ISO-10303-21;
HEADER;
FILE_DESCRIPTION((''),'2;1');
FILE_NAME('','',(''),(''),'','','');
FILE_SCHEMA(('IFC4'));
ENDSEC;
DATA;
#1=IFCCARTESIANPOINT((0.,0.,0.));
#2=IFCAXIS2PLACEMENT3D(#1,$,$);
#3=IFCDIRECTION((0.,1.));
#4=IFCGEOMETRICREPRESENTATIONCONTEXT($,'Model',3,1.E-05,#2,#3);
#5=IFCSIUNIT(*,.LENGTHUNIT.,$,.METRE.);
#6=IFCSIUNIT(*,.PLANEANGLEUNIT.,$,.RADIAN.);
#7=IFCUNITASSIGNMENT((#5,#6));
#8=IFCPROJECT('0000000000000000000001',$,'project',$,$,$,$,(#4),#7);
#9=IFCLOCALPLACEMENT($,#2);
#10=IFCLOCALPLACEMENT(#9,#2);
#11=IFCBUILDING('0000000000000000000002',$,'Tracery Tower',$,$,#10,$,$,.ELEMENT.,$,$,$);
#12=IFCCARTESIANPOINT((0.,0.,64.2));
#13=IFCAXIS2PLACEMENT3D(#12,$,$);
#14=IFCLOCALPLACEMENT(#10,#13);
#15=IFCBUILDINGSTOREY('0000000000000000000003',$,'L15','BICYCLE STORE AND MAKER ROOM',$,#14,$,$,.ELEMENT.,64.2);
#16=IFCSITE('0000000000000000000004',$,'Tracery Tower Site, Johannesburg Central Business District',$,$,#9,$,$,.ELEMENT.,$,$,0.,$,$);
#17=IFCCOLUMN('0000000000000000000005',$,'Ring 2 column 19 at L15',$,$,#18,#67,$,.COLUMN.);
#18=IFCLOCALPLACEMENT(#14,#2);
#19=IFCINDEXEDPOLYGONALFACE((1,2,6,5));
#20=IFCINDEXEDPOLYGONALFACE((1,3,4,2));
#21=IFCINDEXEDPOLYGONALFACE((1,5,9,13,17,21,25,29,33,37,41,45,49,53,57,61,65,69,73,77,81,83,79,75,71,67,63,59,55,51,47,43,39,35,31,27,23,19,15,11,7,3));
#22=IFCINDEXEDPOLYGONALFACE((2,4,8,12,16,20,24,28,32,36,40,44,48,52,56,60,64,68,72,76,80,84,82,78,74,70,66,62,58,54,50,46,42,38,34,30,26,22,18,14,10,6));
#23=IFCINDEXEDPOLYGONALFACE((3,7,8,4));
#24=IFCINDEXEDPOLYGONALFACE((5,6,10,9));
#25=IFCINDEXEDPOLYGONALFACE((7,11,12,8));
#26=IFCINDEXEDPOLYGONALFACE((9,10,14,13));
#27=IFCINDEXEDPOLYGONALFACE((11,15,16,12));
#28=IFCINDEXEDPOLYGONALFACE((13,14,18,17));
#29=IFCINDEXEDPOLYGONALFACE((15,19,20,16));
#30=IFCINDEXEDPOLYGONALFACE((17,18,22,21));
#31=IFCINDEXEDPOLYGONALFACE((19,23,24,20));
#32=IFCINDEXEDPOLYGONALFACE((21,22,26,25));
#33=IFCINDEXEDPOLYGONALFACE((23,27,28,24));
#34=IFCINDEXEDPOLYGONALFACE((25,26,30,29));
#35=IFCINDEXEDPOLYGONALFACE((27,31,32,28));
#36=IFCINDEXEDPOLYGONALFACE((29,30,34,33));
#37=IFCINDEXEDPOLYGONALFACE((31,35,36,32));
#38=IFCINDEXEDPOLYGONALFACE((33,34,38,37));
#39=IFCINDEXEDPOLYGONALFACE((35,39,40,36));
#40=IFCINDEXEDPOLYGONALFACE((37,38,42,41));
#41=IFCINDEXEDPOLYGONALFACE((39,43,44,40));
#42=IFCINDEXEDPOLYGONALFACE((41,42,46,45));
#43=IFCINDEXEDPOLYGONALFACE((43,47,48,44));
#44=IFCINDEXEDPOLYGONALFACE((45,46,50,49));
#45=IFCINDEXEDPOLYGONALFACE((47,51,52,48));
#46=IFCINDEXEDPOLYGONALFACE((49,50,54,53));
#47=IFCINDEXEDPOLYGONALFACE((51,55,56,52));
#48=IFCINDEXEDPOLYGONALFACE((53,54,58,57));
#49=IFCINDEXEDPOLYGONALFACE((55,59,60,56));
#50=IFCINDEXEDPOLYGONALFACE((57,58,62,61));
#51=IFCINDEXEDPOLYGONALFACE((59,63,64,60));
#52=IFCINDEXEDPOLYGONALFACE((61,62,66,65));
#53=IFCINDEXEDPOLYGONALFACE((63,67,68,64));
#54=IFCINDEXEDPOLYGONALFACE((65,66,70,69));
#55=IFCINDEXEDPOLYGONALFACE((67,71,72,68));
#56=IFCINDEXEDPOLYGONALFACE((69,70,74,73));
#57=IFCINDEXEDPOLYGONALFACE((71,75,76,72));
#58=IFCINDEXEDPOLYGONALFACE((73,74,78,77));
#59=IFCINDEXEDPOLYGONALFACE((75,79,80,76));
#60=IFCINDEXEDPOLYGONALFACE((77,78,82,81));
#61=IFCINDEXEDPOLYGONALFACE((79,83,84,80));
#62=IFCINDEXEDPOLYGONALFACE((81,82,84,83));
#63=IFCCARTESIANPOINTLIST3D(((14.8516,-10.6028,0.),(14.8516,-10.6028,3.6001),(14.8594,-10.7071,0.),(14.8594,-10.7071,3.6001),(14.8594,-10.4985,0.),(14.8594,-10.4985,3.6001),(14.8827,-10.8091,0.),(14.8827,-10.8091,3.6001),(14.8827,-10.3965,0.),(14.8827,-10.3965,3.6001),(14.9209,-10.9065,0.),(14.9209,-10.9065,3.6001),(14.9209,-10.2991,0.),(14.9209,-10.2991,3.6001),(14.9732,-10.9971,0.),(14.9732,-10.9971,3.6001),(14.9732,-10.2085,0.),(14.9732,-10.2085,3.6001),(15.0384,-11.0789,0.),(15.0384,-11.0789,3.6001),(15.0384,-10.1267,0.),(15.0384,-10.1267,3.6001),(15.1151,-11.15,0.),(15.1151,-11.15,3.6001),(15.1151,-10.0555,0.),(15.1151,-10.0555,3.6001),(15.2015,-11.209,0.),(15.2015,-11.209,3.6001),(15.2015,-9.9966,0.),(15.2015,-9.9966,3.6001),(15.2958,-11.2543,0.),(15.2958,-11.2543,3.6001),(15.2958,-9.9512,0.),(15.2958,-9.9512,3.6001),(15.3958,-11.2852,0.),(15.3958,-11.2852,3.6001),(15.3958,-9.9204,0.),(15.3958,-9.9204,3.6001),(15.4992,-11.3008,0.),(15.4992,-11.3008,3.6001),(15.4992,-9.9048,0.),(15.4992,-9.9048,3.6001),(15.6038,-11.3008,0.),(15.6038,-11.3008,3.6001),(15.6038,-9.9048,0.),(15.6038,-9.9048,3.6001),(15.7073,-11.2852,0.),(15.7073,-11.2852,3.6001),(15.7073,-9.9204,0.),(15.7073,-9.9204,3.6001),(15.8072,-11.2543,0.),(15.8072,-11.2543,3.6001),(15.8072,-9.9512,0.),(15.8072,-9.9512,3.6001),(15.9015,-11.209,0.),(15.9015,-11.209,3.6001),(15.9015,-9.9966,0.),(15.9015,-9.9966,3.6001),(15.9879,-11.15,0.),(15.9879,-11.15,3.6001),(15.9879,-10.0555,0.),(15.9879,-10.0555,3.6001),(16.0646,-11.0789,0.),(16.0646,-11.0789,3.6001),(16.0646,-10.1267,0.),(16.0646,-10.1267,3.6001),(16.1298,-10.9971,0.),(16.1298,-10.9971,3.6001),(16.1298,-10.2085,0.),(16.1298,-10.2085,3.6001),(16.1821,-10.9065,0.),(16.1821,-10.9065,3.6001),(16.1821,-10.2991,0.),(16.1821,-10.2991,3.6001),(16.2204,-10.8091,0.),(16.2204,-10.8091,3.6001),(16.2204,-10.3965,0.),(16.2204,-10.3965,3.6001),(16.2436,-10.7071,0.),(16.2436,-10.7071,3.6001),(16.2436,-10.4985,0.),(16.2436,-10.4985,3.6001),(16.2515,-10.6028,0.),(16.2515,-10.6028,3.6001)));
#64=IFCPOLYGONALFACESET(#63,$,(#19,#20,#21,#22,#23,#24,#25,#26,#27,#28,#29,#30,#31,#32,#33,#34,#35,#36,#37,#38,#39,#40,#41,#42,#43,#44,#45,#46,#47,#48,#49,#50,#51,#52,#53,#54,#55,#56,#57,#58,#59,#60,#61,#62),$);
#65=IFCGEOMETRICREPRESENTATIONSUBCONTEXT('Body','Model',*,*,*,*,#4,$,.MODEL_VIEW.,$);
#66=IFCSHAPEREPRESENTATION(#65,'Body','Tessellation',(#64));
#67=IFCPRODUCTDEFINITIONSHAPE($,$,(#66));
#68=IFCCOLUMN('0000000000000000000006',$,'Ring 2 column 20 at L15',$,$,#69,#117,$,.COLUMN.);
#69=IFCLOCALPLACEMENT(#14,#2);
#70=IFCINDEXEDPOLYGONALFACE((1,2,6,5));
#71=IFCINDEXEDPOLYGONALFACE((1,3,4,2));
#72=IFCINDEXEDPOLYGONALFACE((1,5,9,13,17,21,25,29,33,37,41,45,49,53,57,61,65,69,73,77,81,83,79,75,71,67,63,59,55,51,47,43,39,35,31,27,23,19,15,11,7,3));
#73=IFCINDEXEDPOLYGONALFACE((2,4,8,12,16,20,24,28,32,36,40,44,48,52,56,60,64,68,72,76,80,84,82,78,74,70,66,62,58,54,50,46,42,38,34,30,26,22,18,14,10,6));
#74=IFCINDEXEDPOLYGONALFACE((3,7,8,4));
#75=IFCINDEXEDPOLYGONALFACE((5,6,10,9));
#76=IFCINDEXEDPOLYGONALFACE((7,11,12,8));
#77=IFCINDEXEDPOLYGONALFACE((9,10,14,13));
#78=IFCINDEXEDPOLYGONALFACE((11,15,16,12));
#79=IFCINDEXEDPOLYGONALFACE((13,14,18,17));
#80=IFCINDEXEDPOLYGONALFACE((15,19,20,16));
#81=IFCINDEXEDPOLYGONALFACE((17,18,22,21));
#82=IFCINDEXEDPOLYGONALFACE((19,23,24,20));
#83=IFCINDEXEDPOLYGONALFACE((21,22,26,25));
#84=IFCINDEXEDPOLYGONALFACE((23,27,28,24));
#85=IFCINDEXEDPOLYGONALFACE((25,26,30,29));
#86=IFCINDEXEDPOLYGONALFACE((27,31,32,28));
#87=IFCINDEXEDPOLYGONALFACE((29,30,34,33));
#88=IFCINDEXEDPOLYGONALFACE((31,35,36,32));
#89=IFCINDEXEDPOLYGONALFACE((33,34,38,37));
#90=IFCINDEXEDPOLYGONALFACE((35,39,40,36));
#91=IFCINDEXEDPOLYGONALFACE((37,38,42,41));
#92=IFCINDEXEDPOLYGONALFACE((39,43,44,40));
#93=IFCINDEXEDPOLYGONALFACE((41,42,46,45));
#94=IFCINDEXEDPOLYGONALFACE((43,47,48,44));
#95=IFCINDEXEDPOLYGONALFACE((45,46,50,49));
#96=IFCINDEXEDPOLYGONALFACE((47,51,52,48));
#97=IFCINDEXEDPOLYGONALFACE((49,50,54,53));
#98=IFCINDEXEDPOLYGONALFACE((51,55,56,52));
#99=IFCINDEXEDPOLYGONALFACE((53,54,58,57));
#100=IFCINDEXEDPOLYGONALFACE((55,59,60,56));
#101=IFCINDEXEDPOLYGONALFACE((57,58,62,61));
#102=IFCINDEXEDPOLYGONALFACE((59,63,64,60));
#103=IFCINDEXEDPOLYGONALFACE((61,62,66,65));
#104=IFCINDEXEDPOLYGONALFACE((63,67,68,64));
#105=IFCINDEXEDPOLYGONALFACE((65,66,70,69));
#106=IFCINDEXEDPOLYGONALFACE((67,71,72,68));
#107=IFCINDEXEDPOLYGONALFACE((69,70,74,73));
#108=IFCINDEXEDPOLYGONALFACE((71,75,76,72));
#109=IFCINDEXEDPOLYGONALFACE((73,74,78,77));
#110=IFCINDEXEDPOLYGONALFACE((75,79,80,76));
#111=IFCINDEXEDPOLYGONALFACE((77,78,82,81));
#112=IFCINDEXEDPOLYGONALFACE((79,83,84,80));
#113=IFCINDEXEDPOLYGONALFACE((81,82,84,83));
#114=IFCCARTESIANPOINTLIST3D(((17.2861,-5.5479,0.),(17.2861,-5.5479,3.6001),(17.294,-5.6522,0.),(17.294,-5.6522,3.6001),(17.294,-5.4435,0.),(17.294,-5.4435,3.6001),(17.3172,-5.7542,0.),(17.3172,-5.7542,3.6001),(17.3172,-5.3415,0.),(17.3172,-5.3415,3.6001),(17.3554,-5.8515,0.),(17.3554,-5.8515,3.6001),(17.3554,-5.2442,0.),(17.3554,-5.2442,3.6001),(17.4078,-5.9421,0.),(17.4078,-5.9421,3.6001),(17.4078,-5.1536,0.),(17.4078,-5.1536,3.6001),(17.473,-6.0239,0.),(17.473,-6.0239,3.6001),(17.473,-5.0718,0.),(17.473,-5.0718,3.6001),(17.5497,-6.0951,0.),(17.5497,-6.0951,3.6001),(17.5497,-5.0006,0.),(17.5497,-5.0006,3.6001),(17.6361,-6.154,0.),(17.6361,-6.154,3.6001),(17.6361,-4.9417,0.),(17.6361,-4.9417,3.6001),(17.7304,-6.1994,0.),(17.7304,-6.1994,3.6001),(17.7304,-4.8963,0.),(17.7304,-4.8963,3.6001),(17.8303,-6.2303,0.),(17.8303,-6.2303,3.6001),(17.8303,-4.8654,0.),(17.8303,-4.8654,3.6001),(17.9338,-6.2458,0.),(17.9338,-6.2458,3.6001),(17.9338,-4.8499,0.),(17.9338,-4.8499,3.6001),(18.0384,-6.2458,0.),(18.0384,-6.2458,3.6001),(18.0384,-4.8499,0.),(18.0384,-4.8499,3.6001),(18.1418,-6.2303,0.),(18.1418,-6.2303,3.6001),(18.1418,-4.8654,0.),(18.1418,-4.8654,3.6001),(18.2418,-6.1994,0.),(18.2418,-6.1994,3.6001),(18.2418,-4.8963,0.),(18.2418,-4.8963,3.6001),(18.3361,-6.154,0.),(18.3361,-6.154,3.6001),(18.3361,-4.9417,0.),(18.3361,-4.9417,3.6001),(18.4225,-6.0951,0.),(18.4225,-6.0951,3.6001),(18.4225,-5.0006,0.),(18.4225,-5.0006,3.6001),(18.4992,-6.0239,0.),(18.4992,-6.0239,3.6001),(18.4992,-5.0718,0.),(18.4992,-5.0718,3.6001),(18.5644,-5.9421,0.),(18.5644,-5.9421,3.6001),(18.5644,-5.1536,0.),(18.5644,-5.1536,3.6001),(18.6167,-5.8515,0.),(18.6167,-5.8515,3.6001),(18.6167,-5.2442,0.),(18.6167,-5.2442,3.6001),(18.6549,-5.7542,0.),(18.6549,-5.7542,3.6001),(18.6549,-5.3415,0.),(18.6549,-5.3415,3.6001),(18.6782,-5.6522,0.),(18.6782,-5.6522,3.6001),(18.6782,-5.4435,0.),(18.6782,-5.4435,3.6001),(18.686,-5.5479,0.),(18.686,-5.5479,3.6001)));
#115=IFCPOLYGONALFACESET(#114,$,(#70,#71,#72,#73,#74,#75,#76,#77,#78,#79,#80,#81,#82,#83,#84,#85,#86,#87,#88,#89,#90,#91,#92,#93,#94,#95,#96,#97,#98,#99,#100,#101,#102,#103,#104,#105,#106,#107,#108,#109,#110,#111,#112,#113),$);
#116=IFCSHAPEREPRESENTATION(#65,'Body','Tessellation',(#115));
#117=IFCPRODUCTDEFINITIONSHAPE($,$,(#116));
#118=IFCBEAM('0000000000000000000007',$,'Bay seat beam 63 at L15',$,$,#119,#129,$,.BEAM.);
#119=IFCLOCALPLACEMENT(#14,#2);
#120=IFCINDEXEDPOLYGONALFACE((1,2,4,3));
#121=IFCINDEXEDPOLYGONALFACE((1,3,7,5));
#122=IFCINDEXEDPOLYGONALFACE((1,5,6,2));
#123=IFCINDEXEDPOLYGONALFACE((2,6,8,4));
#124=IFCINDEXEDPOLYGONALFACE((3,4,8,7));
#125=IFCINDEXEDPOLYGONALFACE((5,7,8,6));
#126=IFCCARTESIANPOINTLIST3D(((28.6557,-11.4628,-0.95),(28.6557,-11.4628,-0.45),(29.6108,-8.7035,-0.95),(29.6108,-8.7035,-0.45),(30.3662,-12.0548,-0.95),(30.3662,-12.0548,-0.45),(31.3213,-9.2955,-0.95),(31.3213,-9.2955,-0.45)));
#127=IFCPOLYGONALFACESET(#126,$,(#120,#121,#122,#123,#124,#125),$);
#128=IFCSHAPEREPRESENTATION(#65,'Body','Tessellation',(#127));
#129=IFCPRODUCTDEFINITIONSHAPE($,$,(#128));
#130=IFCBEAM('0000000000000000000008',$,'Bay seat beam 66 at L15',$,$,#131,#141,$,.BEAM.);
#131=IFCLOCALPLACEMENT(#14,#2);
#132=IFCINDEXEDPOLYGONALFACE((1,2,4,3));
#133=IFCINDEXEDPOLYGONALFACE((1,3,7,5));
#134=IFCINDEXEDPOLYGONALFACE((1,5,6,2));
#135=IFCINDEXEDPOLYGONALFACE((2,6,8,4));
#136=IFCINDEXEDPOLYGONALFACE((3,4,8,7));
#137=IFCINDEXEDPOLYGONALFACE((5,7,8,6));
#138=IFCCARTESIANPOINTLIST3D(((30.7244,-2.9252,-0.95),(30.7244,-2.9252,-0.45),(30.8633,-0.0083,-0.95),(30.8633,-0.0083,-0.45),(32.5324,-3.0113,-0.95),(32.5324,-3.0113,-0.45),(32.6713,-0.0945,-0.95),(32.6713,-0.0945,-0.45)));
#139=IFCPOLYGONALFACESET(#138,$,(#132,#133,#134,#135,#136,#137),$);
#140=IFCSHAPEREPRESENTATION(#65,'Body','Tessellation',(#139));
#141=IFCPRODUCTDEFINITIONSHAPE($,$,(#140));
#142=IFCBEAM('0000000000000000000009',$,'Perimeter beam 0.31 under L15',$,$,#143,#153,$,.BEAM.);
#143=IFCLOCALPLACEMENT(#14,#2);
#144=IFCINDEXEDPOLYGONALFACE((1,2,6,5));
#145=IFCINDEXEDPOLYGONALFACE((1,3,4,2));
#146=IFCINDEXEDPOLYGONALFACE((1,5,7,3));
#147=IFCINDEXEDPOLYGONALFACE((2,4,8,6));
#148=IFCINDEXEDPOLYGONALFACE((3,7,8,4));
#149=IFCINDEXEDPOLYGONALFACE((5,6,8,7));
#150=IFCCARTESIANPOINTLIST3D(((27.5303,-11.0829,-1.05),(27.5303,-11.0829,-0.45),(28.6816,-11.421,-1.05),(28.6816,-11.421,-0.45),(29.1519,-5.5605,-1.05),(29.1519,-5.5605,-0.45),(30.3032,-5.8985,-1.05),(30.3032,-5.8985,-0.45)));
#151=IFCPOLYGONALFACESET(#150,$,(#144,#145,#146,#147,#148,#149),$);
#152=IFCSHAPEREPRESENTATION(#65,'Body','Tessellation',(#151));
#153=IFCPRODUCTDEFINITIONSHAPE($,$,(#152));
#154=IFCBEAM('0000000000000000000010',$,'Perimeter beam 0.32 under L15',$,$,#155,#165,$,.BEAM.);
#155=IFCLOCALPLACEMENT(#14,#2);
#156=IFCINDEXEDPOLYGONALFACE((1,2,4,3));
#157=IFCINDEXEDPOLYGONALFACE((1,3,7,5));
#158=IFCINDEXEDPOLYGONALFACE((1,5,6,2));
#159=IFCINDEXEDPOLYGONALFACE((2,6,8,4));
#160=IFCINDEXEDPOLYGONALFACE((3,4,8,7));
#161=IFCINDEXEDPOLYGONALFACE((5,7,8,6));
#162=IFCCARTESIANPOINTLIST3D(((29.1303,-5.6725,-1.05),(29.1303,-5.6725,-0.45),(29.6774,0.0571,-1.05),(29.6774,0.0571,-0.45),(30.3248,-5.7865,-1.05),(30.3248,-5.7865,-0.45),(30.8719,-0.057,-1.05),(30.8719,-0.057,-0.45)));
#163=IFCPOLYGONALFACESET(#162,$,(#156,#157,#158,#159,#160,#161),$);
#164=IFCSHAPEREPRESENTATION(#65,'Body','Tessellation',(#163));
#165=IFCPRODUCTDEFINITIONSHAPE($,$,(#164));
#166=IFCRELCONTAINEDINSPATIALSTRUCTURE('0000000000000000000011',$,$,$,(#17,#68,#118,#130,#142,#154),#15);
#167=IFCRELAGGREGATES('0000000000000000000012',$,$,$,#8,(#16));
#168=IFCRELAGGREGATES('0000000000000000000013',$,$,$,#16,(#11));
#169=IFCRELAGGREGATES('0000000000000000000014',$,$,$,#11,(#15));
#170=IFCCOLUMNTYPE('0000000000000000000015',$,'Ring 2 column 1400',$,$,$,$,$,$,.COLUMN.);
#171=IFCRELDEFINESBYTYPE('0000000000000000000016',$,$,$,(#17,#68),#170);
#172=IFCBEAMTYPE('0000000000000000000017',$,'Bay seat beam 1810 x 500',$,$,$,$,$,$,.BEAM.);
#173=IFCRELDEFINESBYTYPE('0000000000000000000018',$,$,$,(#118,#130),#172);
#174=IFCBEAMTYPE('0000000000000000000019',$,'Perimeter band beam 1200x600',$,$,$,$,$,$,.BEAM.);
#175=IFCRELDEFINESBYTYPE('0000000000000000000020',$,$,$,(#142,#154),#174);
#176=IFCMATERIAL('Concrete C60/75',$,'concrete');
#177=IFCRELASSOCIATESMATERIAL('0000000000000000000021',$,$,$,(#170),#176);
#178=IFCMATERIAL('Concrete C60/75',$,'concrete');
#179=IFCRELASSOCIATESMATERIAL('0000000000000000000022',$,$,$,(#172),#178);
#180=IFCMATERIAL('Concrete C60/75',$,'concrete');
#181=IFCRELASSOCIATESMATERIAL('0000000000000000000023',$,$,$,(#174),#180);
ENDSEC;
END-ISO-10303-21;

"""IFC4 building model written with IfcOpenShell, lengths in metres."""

from ifc_helpers import new_model, si_unit, direction, frame, origin, origin_2d, place, context, subcontext, project, spatial, rectangle, circle, extrude, material, material_profile, profile_set, type_object, element, save


model = new_model("IFC4")

# Units and contexts
model_context = context("Model", 3, precision=1e-05, world=origin(), true_north=direction((0.0, 1.0)))
body_context = subcontext(model_context, "Body", "Model", "MODEL_VIEW")
ifc_project = project(units=[si_unit("LENGTHUNIT", "METRE"), si_unit("PLANEANGLEUNIT", "RADIAN")], contexts=[model_context])

# Site, building, storey
site_placement = place(None, origin())
site = spatial("IfcSite", under=ifc_project, at=site_placement, Name="Tracery Tower Site, Johannesburg Central Business District", CompositionType="ELEMENT", RefElevation=0.0)
building_placement = place(site_placement, origin())
building = spatial("IfcBuilding", under=site, at=building_placement, Name="Tracery Tower", CompositionType="ELEMENT")
storey_placement = place(building_placement, frame((0.0, 0.0, 64.2)))
storey = spatial("IfcBuildingStorey", under=building, at=storey_placement, Name="L15", Description="BICYCLE STORE AND MAKER ROOM", CompositionType="ELEMENT", Elevation=64.2)

# Columns
ifc_material_1 = material(Name="Concrete C60/75", Category="concrete")
ifc_material_profile_1 = material_profile(ifc_material_1, circle(Radius=0.7, at=origin_2d()), Name="RC D1400")
ifc_profile_set_1 = profile_set([ifc_material_profile_1], Name="Concrete C60/75")
column_type_1 = type_object("IfcColumnType", Name="Ring 2 column 1400", PredefinedType="COLUMN", material=ifc_profile_set_1)
for number, where, z_axis, x_axis, name in (
    (1, (15.5515, -10.6028, 0.0), (0.0, 0.0, 1.0), (1.0, 0.0, 0.0), "Ring 2 column 19 at L15"),
    (2, (17.9861, -5.5479, 0.0), (0.0, 0.0, 1.0), (1.0, 0.0, 0.0), "Ring 2 column 20 at L15"),
):
    element("IfcColumn", number, at=place(storey_placement, frame(where, z_axis=z_axis, x_axis=x_axis)), inside=storey, type_object=column_type_1, Name=name, PredefinedType="COLUMN", context=body_context, shape_type="SweptSolid", body=[
        extrude(circle(Radius=0.7, at=origin_2d()), origin(), (0.0, 0.0, 1.0), 3.6001),
    ])

# Beams
ifc_material_2 = material(Name="Concrete C60/75", Category="concrete")
ifc_material_profile_2 = material_profile(ifc_material_2, rectangle(XDim=1.8101, YDim=0.5, at=origin_2d()), Name="RC 1810x500")
ifc_profile_set_2 = profile_set([ifc_material_profile_2], Name="Concrete C60/75")
beam_type_1 = type_object("IfcBeamType", Name="Bay seat beam 1810 x 500", PredefinedType="BEAM", material=ifc_profile_set_2)
beam_1_placement = place(storey_placement, frame((29.511, -11.7588, -0.7), z_axis=(0.327093, 0.944992, 0.0), x_axis=(-0.944992, 0.327093, 0.0)))
element("IfcBeam", 3, at=beam_1_placement, inside=storey, type_object=beam_type_1, Name="Bay seat beam 63 at L15", PredefinedType="BEAM", context=body_context, shape_type="SweptSolid", body=[
    extrude(rectangle(XDim=1.8101, YDim=0.5, at=origin_2d()), origin(), (0.0, 0.0, 1.0), 2.9199),
])
beam_2_placement = place(storey_placement, frame((31.6284, -2.9683, -0.7), z_axis=(0.047573, 0.998868, 0.0), x_axis=(-0.998868, 0.047573, 0.0)))
element("IfcBeam", 4, at=beam_2_placement, inside=storey, type_object=beam_type_1, Name="Bay seat beam 66 at L15", PredefinedType="BEAM", context=body_context, shape_type="SweptSolid", body=[
    extrude(rectangle(XDim=1.8101, YDim=0.5, at=origin_2d()), origin(), (0.0, 0.0, 1.0), 2.9202),
])
ifc_material_3 = material(Name="Concrete C60/75", Category="concrete")
ifc_material_profile_3 = material_profile(ifc_material_3, rectangle(XDim=1.2, YDim=0.6001, at=origin_2d()), Name="RC 1200x600")
ifc_profile_set_3 = profile_set([ifc_material_profile_3], Name="Concrete C60/75")
beam_type_2 = type_object("IfcBeamType", Name="Perimeter band beam 1200x600", PredefinedType="BEAM", material=ifc_profile_set_3)
for number, where, z_axis, x_axis, name in (
    (5, (28.106, -11.252, -0.75), (0.281739, 0.959491, 0.0), (-0.959491, 0.281739, 0.0), "Perimeter beam 0.31 under L15"),
    (6, (29.7275, -5.7295, -0.75), (0.095059, 0.995472, 0.0), (-0.995472, 0.095059, 0.0), "Perimeter beam 0.32 under L15"),
):
    element("IfcBeam", number, at=place(storey_placement, frame(where, z_axis=z_axis, x_axis=x_axis)), inside=storey, type_object=beam_type_2, Name=name, PredefinedType="BEAM", context=body_context, shape_type="SweptSolid", body=[
        extrude(rectangle(XDim=1.2, YDim=0.6001, at=origin_2d()), origin(), (0.0, 0.0, 1.0), 5.7556),
    ])

save(model, "model.ifc")
